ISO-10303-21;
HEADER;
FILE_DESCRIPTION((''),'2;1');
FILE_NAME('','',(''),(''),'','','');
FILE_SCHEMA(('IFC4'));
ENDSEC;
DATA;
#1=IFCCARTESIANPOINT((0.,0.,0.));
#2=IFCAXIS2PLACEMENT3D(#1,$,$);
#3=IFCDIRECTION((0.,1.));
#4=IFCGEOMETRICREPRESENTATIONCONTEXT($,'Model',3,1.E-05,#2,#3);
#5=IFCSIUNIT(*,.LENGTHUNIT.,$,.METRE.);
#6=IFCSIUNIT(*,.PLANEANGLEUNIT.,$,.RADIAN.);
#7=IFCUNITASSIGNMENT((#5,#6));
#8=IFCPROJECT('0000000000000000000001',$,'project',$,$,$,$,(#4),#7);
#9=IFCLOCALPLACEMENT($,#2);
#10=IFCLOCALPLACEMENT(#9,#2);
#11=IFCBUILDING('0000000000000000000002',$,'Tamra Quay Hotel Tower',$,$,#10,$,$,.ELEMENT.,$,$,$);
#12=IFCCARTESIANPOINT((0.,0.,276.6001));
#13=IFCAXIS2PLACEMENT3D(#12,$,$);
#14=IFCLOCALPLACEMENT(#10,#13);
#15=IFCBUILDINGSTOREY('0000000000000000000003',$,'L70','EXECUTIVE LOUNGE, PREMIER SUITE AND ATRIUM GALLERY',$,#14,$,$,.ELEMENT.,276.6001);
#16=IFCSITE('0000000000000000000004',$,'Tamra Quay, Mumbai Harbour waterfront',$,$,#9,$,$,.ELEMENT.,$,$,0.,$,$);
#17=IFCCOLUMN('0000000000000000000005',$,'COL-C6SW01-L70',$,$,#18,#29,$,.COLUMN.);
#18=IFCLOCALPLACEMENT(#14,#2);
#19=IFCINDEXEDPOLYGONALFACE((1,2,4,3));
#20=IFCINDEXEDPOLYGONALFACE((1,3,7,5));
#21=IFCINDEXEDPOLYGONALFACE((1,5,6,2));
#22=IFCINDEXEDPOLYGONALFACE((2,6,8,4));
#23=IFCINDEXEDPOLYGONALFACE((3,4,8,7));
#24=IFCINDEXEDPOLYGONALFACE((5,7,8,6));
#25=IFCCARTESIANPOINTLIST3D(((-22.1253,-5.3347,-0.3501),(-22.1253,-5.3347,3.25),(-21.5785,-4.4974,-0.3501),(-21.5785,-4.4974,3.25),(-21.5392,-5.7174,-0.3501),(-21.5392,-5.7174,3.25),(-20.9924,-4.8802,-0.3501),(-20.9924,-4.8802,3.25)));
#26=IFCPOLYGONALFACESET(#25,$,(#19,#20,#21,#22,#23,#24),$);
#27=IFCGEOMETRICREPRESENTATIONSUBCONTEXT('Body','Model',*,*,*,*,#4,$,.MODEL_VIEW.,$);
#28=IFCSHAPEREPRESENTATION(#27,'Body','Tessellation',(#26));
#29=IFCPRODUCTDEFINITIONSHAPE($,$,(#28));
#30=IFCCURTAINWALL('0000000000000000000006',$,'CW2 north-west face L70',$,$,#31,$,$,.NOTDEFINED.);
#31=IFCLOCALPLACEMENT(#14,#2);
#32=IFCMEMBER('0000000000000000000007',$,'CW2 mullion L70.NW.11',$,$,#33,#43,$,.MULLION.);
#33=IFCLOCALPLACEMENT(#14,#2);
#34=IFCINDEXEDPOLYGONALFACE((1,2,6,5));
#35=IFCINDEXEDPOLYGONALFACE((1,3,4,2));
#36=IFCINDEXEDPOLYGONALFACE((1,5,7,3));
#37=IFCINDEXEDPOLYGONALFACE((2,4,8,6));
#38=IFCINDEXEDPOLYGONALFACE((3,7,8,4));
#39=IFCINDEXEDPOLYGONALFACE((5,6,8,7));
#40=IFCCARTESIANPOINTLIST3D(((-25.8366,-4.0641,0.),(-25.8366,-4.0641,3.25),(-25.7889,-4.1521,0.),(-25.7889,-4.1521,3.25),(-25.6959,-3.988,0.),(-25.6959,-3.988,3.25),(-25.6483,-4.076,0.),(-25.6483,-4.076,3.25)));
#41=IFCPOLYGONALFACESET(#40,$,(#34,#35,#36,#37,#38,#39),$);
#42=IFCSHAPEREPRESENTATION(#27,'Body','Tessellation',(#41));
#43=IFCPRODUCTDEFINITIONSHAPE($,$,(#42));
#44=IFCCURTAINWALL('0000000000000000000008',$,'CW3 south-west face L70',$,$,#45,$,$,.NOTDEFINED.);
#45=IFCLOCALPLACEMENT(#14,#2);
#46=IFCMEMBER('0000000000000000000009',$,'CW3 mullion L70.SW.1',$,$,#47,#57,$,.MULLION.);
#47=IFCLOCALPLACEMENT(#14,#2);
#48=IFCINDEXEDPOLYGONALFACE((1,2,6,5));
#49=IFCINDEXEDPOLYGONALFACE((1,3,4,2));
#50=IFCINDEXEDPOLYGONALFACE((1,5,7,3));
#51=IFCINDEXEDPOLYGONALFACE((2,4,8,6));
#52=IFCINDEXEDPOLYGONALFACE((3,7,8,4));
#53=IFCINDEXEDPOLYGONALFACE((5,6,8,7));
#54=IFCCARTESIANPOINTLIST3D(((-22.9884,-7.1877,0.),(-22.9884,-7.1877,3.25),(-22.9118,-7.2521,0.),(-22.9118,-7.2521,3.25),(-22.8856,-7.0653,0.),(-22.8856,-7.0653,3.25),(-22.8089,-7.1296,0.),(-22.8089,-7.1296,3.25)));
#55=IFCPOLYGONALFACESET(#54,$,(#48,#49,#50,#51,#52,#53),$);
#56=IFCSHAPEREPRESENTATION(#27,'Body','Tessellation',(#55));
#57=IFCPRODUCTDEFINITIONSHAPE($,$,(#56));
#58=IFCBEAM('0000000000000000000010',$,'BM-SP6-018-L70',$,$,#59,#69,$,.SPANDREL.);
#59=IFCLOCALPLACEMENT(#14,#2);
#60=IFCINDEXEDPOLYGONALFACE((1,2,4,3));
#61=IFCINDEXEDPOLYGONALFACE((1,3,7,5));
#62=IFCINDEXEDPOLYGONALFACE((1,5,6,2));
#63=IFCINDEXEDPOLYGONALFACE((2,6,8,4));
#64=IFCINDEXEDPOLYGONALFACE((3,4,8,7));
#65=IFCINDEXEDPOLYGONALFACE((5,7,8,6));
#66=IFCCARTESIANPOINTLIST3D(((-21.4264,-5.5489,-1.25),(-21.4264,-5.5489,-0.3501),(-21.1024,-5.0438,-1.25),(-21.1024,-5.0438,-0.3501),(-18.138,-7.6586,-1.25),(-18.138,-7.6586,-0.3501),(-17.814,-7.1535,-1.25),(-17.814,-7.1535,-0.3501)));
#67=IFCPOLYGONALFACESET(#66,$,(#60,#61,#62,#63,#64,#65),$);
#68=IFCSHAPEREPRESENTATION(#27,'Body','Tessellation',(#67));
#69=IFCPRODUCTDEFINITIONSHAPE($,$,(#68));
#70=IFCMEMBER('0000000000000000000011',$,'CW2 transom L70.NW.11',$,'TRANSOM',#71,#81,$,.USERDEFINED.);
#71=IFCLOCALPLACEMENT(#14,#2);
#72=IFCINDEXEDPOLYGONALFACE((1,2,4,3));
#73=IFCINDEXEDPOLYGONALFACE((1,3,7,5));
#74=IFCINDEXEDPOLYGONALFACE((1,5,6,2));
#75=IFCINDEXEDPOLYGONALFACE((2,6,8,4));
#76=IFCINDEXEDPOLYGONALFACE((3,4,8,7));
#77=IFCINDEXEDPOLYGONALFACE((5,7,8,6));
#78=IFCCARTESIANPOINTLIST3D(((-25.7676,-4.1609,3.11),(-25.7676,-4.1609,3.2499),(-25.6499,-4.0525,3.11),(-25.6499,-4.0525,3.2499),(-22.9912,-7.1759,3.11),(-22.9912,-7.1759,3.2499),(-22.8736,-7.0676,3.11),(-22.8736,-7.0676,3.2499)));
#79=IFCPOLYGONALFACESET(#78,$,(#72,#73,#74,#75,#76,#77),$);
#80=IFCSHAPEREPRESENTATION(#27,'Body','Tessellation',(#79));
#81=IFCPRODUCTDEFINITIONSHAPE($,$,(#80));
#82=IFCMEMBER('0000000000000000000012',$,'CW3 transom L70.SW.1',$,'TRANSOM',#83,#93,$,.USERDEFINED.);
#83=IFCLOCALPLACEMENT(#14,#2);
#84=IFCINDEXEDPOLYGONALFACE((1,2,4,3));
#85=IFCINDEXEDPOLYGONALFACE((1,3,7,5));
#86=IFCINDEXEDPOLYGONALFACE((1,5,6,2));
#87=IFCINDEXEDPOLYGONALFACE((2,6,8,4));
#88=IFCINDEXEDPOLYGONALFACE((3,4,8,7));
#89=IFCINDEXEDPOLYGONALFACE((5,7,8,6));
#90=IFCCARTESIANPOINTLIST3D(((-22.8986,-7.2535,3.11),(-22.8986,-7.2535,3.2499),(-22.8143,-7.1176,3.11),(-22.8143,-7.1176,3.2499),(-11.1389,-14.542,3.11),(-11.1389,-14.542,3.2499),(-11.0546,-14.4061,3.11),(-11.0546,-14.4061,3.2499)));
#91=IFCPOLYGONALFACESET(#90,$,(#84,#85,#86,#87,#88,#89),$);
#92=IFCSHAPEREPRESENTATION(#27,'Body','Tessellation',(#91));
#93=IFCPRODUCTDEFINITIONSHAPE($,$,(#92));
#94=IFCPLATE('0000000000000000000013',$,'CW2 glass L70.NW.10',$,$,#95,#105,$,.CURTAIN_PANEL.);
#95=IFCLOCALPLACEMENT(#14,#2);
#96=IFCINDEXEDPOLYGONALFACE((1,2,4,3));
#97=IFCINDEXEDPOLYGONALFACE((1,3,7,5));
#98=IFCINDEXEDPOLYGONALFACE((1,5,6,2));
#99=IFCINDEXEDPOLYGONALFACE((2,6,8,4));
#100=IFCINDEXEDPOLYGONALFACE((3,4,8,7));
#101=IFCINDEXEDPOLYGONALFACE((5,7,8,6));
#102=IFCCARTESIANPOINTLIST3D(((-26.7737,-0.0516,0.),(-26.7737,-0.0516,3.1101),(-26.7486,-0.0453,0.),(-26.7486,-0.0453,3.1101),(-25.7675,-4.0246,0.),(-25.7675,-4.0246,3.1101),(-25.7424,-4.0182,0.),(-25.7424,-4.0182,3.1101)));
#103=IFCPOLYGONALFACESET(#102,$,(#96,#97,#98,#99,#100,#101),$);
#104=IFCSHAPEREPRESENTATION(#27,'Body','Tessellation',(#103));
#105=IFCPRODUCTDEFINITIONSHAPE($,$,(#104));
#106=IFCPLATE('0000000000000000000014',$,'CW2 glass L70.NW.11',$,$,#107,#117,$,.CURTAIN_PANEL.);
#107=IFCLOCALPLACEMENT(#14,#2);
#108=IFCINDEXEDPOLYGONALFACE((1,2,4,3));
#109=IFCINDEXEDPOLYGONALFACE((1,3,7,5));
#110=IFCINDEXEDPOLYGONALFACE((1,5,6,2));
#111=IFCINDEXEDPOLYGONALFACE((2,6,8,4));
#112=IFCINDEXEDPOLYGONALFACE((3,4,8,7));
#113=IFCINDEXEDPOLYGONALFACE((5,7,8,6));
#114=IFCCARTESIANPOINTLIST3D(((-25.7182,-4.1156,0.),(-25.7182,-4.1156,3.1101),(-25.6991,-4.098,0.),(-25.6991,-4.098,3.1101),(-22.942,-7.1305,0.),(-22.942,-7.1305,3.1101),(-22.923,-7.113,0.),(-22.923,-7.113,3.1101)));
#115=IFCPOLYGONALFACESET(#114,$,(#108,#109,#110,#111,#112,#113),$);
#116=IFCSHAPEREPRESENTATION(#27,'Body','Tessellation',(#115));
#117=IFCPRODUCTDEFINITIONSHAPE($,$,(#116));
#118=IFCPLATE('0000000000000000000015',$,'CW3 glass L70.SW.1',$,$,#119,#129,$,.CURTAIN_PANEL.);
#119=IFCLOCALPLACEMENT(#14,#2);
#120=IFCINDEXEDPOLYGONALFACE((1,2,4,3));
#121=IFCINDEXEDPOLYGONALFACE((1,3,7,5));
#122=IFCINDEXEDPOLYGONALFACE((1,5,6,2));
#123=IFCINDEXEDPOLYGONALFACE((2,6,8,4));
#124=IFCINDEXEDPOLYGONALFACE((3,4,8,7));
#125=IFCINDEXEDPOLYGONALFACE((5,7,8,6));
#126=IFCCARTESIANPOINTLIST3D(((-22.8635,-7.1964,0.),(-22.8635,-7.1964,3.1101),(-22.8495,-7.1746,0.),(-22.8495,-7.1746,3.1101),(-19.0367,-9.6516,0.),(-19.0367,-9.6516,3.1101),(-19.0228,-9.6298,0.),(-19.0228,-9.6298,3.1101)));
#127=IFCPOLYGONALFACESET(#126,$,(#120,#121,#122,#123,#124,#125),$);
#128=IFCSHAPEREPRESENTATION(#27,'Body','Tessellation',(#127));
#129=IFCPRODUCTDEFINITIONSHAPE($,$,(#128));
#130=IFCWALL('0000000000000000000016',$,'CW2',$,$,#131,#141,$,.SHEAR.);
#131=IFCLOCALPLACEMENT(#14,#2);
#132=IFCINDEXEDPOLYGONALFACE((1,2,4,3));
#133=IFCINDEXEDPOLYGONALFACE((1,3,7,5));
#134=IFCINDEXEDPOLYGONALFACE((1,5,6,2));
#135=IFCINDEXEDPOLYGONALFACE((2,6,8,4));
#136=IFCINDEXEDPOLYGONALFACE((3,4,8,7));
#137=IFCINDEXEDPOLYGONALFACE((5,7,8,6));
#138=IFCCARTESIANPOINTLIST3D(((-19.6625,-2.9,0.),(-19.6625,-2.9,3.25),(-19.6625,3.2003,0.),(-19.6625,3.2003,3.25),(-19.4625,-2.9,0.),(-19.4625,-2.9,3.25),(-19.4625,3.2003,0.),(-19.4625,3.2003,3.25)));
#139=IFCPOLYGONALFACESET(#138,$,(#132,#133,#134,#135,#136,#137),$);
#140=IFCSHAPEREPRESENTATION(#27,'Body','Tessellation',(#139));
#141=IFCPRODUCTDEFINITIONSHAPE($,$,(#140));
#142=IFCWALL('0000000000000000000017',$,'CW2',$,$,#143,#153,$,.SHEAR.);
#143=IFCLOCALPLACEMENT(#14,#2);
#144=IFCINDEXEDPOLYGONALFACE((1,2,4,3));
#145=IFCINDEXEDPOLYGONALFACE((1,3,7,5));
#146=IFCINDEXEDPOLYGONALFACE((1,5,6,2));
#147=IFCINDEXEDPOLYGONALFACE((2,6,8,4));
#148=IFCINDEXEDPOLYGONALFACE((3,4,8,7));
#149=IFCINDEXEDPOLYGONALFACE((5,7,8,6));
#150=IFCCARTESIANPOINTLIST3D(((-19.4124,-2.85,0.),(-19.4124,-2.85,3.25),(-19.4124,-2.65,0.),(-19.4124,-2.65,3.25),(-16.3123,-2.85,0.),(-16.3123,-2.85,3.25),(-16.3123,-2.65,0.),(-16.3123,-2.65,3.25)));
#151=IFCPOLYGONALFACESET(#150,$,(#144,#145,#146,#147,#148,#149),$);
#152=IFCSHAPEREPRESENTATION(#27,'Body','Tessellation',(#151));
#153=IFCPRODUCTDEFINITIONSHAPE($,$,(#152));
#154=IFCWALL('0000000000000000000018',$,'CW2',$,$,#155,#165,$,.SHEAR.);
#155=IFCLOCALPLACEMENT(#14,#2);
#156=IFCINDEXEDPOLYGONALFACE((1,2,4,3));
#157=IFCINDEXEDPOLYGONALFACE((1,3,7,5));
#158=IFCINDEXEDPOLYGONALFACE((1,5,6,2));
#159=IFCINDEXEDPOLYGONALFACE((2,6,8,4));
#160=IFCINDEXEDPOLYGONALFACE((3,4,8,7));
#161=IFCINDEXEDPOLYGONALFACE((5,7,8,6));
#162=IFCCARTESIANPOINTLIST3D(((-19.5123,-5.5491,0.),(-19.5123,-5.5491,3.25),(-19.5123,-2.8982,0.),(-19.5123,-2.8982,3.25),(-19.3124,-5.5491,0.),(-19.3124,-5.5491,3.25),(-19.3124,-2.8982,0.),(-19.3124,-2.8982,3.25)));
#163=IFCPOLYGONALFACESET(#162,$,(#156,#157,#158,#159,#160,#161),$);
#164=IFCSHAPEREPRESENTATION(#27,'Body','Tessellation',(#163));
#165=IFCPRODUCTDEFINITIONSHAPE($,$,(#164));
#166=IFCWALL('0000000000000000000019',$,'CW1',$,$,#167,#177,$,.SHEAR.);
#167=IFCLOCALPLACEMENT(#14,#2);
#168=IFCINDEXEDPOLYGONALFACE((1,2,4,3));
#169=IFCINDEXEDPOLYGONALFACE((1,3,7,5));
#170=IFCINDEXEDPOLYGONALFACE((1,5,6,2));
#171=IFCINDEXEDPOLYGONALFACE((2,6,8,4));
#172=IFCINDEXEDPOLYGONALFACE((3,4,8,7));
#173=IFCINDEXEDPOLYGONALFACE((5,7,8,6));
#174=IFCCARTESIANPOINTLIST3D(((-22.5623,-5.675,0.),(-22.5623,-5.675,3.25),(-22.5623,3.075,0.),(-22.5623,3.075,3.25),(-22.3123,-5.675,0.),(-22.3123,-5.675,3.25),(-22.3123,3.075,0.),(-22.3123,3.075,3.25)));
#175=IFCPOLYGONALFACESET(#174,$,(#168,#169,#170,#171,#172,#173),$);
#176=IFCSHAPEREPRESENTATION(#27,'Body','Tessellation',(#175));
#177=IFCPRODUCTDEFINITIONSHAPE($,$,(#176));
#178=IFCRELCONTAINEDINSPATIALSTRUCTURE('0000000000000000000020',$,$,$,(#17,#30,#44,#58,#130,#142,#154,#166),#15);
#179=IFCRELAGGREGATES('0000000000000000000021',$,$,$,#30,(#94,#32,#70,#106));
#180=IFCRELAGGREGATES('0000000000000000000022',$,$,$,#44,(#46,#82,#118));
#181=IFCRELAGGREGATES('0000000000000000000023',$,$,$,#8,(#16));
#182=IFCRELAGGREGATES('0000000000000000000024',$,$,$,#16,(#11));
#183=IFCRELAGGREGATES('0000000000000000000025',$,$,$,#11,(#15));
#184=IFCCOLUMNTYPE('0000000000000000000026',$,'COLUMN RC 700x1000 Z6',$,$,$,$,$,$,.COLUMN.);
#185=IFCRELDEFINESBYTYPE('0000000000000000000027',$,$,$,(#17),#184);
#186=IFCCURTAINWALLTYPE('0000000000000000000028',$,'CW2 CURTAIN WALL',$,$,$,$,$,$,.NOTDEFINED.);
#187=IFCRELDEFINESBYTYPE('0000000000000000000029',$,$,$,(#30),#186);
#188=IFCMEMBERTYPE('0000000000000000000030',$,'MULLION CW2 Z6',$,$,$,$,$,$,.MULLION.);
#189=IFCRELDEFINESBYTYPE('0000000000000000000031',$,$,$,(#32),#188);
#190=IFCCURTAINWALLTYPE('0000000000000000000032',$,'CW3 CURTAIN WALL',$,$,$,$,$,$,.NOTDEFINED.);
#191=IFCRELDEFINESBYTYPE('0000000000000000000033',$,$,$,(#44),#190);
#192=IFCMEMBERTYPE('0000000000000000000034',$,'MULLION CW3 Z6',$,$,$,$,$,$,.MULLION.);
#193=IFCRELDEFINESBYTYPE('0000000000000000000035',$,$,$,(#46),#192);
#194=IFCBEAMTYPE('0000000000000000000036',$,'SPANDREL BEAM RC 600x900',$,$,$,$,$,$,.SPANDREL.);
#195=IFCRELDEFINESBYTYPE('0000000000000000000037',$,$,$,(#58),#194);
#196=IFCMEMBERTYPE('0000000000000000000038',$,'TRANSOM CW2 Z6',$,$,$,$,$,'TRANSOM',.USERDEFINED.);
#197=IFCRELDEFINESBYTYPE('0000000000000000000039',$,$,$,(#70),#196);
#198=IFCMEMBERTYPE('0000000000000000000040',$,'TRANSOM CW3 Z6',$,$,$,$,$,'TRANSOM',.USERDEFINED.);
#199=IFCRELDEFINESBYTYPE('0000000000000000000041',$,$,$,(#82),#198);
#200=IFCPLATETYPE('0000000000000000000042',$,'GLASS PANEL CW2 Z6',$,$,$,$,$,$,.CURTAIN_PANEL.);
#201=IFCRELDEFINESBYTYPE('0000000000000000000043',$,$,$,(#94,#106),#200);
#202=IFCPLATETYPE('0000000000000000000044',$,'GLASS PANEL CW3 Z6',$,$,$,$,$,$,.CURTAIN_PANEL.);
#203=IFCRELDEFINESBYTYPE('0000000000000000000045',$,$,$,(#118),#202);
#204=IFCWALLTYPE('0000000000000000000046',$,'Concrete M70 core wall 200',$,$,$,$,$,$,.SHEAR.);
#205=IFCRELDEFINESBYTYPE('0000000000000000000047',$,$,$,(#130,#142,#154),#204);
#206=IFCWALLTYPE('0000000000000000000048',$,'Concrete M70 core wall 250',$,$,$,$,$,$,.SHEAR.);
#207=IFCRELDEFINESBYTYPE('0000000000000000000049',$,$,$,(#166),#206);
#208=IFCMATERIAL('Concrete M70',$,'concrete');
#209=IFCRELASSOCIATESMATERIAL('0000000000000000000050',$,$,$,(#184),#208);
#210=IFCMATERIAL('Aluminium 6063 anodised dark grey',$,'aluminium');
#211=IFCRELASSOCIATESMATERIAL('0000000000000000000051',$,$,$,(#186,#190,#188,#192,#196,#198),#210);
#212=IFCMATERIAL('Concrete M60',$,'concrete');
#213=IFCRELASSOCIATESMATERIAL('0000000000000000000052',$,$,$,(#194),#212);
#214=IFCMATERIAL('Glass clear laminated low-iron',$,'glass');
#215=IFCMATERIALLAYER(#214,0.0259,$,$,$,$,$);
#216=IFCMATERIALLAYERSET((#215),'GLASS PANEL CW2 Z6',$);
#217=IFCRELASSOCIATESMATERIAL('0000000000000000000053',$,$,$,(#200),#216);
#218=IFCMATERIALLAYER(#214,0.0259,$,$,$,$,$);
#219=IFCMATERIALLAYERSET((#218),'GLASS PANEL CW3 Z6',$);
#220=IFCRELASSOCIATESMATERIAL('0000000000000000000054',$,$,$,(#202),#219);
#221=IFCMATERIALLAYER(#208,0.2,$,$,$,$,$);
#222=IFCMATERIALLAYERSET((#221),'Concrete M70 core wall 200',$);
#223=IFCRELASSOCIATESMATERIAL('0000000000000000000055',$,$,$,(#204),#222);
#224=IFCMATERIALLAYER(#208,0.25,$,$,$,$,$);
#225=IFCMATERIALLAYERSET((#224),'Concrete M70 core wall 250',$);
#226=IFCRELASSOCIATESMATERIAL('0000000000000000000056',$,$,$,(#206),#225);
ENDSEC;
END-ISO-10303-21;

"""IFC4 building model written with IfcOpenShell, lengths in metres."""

from ifc_helpers import new_model, si_unit, direction, frame, frame_2d, origin, origin_2d, place, context, subcontext, project, spatial, rectangle, extrude, material, layer, layer_set, material_profile, profile_set, type_object, element, aggregate, save


model = new_model("IFC4")

# Units and contexts
model_context = context("Model", 3, precision=1e-05, world=origin(), true_north=direction((0.0, 1.0)))
body_context = subcontext(model_context, "Body", "Model", "MODEL_VIEW")
ifc_project = project(units=[si_unit("LENGTHUNIT", "METRE"), si_unit("PLANEANGLEUNIT", "RADIAN")], contexts=[model_context])

# Site, building, storey
site_placement = place(None, origin())
site = spatial("IfcSite", under=ifc_project, at=site_placement, Name="Tamra Quay, Mumbai Harbour waterfront", CompositionType="ELEMENT", RefElevation=0.0)
building_placement = place(site_placement, origin())
building = spatial("IfcBuilding", under=site, at=building_placement, Name="Tamra Quay Hotel Tower", CompositionType="ELEMENT")
storey_placement = place(building_placement, frame((0.0, 0.0, 276.6001)))
storey = spatial("IfcBuildingStorey", under=building, at=storey_placement, Name="L70", Description="EXECUTIVE LOUNGE, PREMIER SUITE AND ATRIUM GALLERY", CompositionType="ELEMENT", Elevation=276.6001)

# Column
ifc_material_1 = material(Name="Concrete M70", Category="concrete")
ifc_material_profile_1 = material_profile(ifc_material_1, rectangle(XDim=1.0, YDim=0.7, at=origin_2d()), Name="COLUMN RC 700x1000 Z6")
ifc_profile_set_1 = profile_set([ifc_material_profile_1], Name="Concrete M70")
column_type = type_object("IfcColumnType", Name="COLUMN RC 700x1000 Z6", PredefinedType="COLUMN", material=ifc_profile_set_1)
column_placement = place(storey_placement, frame((-21.5588, -5.1074, -0.3501), z_axis=(0.0, 0.0, 1.0), x_axis=(0.546805, 0.83726, 0.0)))
element("IfcColumn", 1, at=column_placement, inside=storey, type_object=column_type, Name="COL-C6SW01-L70", PredefinedType="COLUMN", context=body_context, shape_type="SweptSolid", body=[
    extrude(rectangle(XDim=1.0, YDim=0.7, at=origin_2d()), origin(), (0.0, 0.0, 1.0), 3.6001),
])

# Curtain walls, members
ifc_material_2 = material(Name="Aluminium 6063 anodised dark grey", Category="aluminium")
curtain_wall_type_1 = type_object("IfcCurtainWallType", Name="CW2 CURTAIN WALL", PredefinedType="NOTDEFINED", material=ifc_material_2)
curtain_wall_1_placement = place(storey_placement, origin())
curtain_wall_1 = element("IfcCurtainWall", 2, at=curtain_wall_1_placement, inside=storey, type_object=curtain_wall_type_1, Name="CW2 north-west face L70", PredefinedType="NOTDEFINED")
ifc_material_profile_2 = material_profile(ifc_material_2, rectangle(XDim=0.1599, YDim=0.1001, at=origin_2d()), Name="MULLION 100X160")
ifc_profile_set_2 = profile_set([ifc_material_profile_2], Name="Aluminium 6063 anodised dark grey")
member_type_1 = type_object("IfcMemberType", Name="MULLION CW2 Z6", PredefinedType="MULLION", material=ifc_profile_set_2)
member_1_placement = place(storey_placement, frame((-25.7424, -4.0701, 0.0), z_axis=(0.0, 0.0, 1.0), x_axis=(-0.879433, -0.476023, 0.0)))
member_1 = element("IfcMember", 3, at=member_1_placement, type_object=member_type_1, Name="CW2 mullion L70.NW.11", PredefinedType="MULLION", context=body_context, shape_type="SweptSolid", body=[
    extrude(rectangle(XDim=0.1599, YDim=0.1001, at=origin_2d()), origin(), (0.0, 0.0, 1.0), 3.25),
])
curtain_wall_type_2 = type_object("IfcCurtainWallType", Name="CW3 CURTAIN WALL", PredefinedType="NOTDEFINED", material=ifc_material_2)
curtain_wall_2_placement = place(storey_placement, origin())
curtain_wall_2 = element("IfcCurtainWall", 4, at=curtain_wall_2_placement, inside=storey, type_object=curtain_wall_type_2, Name="CW3 south-west face L70", PredefinedType="NOTDEFINED")
ifc_material_profile_3 = material_profile(ifc_material_2, rectangle(XDim=0.1599, YDim=0.1001, at=origin_2d()), Name="MULLION 100X160")
ifc_profile_set_3 = profile_set([ifc_material_profile_3], Name="Aluminium 6063 anodised dark grey")
member_type_2 = type_object("IfcMemberType", Name="MULLION CW3 Z6", PredefinedType="MULLION", material=ifc_profile_set_3)
member_2_placement = place(storey_placement, frame((-22.8987, -7.1587, 0.0), z_axis=(0.0, 0.0, 1.0), x_axis=(-0.643086, -0.765794, 0.0)))
member_2 = element("IfcMember", 5, at=member_2_placement, type_object=member_type_2, Name="CW3 mullion L70.SW.1", PredefinedType="MULLION", context=body_context, shape_type="SweptSolid", body=[
    extrude(rectangle(XDim=0.1599, YDim=0.1001, at=origin_2d()), origin(), (0.0, 0.0, 1.0), 3.25),
])

# Beam
ifc_material_3 = material(Name="Concrete M60", Category="concrete")
ifc_material_profile_4 = material_profile(ifc_material_3, rectangle(XDim=0.6001, YDim=0.8999, at=origin_2d()), Name="SPANDREL BEAM RC 600x900")
ifc_profile_set_4 = profile_set([ifc_material_profile_4], Name="Concrete M60")
beam_type = type_object("IfcBeamType", Name="SPANDREL BEAM RC 600x900", PredefinedType="SPANDREL", material=ifc_profile_set_4)
beam_placement = place(storey_placement, frame((-21.2644, -5.2964, -0.8), z_axis=(0.84168, -0.539977, 0.0), x_axis=(0.539977, 0.84168, 0.0)))
element("IfcBeam", 6, at=beam_placement, inside=storey, type_object=beam_type, Name="BM-SP6-018-L70", PredefinedType="SPANDREL", context=body_context, shape_type="SweptSolid", body=[
    extrude(rectangle(XDim=0.6001, YDim=0.8999, at=origin_2d()), origin(), (0.0, 0.0, 1.0), 3.907),
])

# Members
ifc_material_profile_5 = material_profile(ifc_material_2, rectangle(XDim=0.1599, YDim=0.1399, at=origin_2d()), Name="TRANSOM 160X140")
ifc_profile_set_5 = profile_set([ifc_material_profile_5], Name="Aluminium 6063 anodised dark grey")
member_type_3 = type_object("IfcMemberType", Name="TRANSOM CW2 Z6", ElementType="TRANSOM", PredefinedType="USERDEFINED", material=ifc_profile_set_5)
member_3_placement = place(storey_placement, frame((-25.7087, -4.1067, 3.1799), z_axis=(0.677379, -0.735634, 0.0), x_axis=(0.735634, 0.677379, 0.0)))
member_3 = element("IfcMember", 7, at=member_3_placement, type_object=member_type_3, Name="CW2 transom L70.NW.11", ObjectType="TRANSOM", PredefinedType="USERDEFINED", context=body_context, shape_type="SweptSolid", body=[
    extrude(rectangle(XDim=0.1599, YDim=0.1399, at=origin_2d()), origin(), (0.0, 0.0, 1.0), 4.0986),
])
ifc_material_profile_6 = material_profile(ifc_material_2, rectangle(XDim=0.1599, YDim=0.1399, at=origin_2d()), Name="TRANSOM 160X140")
ifc_profile_set_6 = profile_set([ifc_material_profile_6], Name="Aluminium 6063 anodised dark grey")
member_type_4 = type_object("IfcMemberType", Name="TRANSOM CW3 Z6", ElementType="TRANSOM", PredefinedType="USERDEFINED", material=ifc_profile_set_6)
member_4_placement = place(storey_placement, frame((-22.8564, -7.1855, 3.1799), z_axis=(0.849983, -0.52681, 0.0), x_axis=(0.52681, 0.849983, 0.0)))
member_4 = element("IfcMember", 8, at=member_4_placement, type_object=member_type_4, Name="CW3 transom L70.SW.1", ObjectType="TRANSOM", PredefinedType="USERDEFINED", context=body_context, shape_type="SweptSolid", body=[
    extrude(rectangle(XDim=0.1599, YDim=0.1399, at=origin_2d()), origin(), (0.0, 0.0, 1.0), 13.8352),
])

# Plates
ifc_material_4 = material(Name="Glass clear laminated low-iron", Category="glass")
ifc_layer_1 = layer(ifc_material_4, 0.0259)
ifc_layer_set_1 = layer_set([ifc_layer_1], Name="GLASS PANEL CW2 Z6")
plate_type_1 = type_object("IfcPlateType", Name="GLASS PANEL CW2 Z6", PredefinedType="CURTAIN_PANEL", material=ifc_layer_set_1)
plate_1_placement = place(storey_placement, frame((-26.2581, -2.0349, 0.0), z_axis=(0.0, 0.0, 1.0), x_axis=(0.245527, -0.96939, 0.0)))
plate_1 = element("IfcPlate", 9, at=plate_1_placement, type_object=plate_type_1, Name="CW2 glass L70.NW.10", PredefinedType="CURTAIN_PANEL", context=body_context, shape_type="SweptSolid", body=[
    extrude(rectangle(XDim=4.0984, YDim=0.0259, at=origin_2d()), origin(), (0.0, 0.0, 1.0), 3.1101),
])
plate_2_placement = place(storey_placement, frame((-24.3206, -5.6143, 0.0), z_axis=(0.0, 0.0, 1.0), x_axis=(0.677376, -0.735637, 0.0)))
plate_2 = element("IfcPlate", 10, at=plate_2_placement, type_object=plate_type_1, Name="CW2 glass L70.NW.11", PredefinedType="CURTAIN_PANEL", context=body_context, shape_type="SweptSolid", body=[
    extrude(rectangle(XDim=4.0984, YDim=0.0259, at=origin_2d()), origin(), (0.0, 0.0, 1.0), 3.1101),
])
aggregate(curtain_wall_1, [plate_1, member_1, member_3, plate_2])
ifc_layer_2 = layer(ifc_material_4, 0.0259)
ifc_layer_set_2 = layer_set([ifc_layer_2], Name="GLASS PANEL CW3 Z6")
plate_type_2 = type_object("IfcPlateType", Name="GLASS PANEL CW3 Z6", PredefinedType="CURTAIN_PANEL", material=ifc_layer_set_2)
plate_3_placement = place(storey_placement, frame((-20.9431, -8.4131, 0.0), z_axis=(0.0, 0.0, 1.0), x_axis=(0.841665, -0.54, 0.0)))
plate_3 = element("IfcPlate", 11, at=plate_3_placement, type_object=plate_type_2, Name="CW3 glass L70.SW.1", PredefinedType="CURTAIN_PANEL", context=body_context, shape_type="SweptSolid", body=[
    extrude(rectangle(XDim=4.5466, YDim=0.0259, at=origin_2d()), origin(), (0.0, 0.0, 1.0), 3.1101),
])
aggregate(curtain_wall_2, [member_2, member_4, plate_3])

# Walls
ifc_layer_3 = layer(ifc_material_1, 0.2)
ifc_layer_set_3 = layer_set([ifc_layer_3], Name="Concrete M70 core wall 200")
wall_type_1 = type_object("IfcWallType", Name="Concrete M70 core wall 200", PredefinedType="SHEAR", material=ifc_layer_set_3)
wall_1_placement = place(storey_placement, frame((-19.5625, -2.9001, 0.0), z_axis=(0.0, 0.0, 1.0), x_axis=(0.0, 1.0, 0.0)))
element("IfcWall", 12, at=wall_1_placement, inside=storey, type_object=wall_type_1, Name="CW2", PredefinedType="SHEAR", context=body_context, shape_type="SweptSolid", body=[
    extrude(rectangle(XDim=6.1003, YDim=0.2, at=frame_2d((3.0503, 0.0))), origin(), (0.0, 0.0, 1.0), 3.25),
])
wall_2_placement = place(storey_placement, frame((-19.4124, -2.75, 0.0), z_axis=(0.0, 0.0, 1.0), x_axis=(1.0, 0.0, 0.0)))
element("IfcWall", 13, at=wall_2_placement, inside=storey, type_object=wall_type_1, Name="CW2", PredefinedType="SHEAR", context=body_context, shape_type="SweptSolid", body=[
    extrude(rectangle(XDim=3.1001, YDim=0.2, at=frame_2d((1.55, 0.0))), origin(), (0.0, 0.0, 1.0), 3.25),
])
wall_3_placement = place(storey_placement, frame((-19.4124, -5.5491, 0.0), z_axis=(0.0, 0.0, 1.0), x_axis=(0.0, 1.0, 0.0)))
element("IfcWall", 14, at=wall_3_placement, inside=storey, type_object=wall_type_1, Name="CW2", PredefinedType="SHEAR", context=body_context, shape_type="SweptSolid", body=[
    extrude(rectangle(XDim=2.6509, YDim=0.2, at=frame_2d((1.3254, 0.0))), origin(), (0.0, 0.0, 1.0), 3.25),
])
ifc_layer_4 = layer(ifc_material_1, 0.25)
ifc_layer_set_4 = layer_set([ifc_layer_4], Name="Concrete M70 core wall 250")
wall_type_2 = type_object("IfcWallType", Name="Concrete M70 core wall 250", PredefinedType="SHEAR", material=ifc_layer_set_4)
wall_4_placement = place(storey_placement, frame((-22.4373, -5.675, 0.0), z_axis=(0.0, 0.0, 1.0), x_axis=(0.0, 1.0, 0.0)))
element("IfcWall", 15, at=wall_4_placement, inside=storey, type_object=wall_type_2, Name="CW1", PredefinedType="SHEAR", context=body_context, shape_type="SweptSolid", body=[
    extrude(rectangle(XDim=8.75, YDim=0.25, at=frame_2d((4.375, 0.0))), origin(), (0.0, 0.0, 1.0), 3.25),
])

save(model, "model.ifc")
